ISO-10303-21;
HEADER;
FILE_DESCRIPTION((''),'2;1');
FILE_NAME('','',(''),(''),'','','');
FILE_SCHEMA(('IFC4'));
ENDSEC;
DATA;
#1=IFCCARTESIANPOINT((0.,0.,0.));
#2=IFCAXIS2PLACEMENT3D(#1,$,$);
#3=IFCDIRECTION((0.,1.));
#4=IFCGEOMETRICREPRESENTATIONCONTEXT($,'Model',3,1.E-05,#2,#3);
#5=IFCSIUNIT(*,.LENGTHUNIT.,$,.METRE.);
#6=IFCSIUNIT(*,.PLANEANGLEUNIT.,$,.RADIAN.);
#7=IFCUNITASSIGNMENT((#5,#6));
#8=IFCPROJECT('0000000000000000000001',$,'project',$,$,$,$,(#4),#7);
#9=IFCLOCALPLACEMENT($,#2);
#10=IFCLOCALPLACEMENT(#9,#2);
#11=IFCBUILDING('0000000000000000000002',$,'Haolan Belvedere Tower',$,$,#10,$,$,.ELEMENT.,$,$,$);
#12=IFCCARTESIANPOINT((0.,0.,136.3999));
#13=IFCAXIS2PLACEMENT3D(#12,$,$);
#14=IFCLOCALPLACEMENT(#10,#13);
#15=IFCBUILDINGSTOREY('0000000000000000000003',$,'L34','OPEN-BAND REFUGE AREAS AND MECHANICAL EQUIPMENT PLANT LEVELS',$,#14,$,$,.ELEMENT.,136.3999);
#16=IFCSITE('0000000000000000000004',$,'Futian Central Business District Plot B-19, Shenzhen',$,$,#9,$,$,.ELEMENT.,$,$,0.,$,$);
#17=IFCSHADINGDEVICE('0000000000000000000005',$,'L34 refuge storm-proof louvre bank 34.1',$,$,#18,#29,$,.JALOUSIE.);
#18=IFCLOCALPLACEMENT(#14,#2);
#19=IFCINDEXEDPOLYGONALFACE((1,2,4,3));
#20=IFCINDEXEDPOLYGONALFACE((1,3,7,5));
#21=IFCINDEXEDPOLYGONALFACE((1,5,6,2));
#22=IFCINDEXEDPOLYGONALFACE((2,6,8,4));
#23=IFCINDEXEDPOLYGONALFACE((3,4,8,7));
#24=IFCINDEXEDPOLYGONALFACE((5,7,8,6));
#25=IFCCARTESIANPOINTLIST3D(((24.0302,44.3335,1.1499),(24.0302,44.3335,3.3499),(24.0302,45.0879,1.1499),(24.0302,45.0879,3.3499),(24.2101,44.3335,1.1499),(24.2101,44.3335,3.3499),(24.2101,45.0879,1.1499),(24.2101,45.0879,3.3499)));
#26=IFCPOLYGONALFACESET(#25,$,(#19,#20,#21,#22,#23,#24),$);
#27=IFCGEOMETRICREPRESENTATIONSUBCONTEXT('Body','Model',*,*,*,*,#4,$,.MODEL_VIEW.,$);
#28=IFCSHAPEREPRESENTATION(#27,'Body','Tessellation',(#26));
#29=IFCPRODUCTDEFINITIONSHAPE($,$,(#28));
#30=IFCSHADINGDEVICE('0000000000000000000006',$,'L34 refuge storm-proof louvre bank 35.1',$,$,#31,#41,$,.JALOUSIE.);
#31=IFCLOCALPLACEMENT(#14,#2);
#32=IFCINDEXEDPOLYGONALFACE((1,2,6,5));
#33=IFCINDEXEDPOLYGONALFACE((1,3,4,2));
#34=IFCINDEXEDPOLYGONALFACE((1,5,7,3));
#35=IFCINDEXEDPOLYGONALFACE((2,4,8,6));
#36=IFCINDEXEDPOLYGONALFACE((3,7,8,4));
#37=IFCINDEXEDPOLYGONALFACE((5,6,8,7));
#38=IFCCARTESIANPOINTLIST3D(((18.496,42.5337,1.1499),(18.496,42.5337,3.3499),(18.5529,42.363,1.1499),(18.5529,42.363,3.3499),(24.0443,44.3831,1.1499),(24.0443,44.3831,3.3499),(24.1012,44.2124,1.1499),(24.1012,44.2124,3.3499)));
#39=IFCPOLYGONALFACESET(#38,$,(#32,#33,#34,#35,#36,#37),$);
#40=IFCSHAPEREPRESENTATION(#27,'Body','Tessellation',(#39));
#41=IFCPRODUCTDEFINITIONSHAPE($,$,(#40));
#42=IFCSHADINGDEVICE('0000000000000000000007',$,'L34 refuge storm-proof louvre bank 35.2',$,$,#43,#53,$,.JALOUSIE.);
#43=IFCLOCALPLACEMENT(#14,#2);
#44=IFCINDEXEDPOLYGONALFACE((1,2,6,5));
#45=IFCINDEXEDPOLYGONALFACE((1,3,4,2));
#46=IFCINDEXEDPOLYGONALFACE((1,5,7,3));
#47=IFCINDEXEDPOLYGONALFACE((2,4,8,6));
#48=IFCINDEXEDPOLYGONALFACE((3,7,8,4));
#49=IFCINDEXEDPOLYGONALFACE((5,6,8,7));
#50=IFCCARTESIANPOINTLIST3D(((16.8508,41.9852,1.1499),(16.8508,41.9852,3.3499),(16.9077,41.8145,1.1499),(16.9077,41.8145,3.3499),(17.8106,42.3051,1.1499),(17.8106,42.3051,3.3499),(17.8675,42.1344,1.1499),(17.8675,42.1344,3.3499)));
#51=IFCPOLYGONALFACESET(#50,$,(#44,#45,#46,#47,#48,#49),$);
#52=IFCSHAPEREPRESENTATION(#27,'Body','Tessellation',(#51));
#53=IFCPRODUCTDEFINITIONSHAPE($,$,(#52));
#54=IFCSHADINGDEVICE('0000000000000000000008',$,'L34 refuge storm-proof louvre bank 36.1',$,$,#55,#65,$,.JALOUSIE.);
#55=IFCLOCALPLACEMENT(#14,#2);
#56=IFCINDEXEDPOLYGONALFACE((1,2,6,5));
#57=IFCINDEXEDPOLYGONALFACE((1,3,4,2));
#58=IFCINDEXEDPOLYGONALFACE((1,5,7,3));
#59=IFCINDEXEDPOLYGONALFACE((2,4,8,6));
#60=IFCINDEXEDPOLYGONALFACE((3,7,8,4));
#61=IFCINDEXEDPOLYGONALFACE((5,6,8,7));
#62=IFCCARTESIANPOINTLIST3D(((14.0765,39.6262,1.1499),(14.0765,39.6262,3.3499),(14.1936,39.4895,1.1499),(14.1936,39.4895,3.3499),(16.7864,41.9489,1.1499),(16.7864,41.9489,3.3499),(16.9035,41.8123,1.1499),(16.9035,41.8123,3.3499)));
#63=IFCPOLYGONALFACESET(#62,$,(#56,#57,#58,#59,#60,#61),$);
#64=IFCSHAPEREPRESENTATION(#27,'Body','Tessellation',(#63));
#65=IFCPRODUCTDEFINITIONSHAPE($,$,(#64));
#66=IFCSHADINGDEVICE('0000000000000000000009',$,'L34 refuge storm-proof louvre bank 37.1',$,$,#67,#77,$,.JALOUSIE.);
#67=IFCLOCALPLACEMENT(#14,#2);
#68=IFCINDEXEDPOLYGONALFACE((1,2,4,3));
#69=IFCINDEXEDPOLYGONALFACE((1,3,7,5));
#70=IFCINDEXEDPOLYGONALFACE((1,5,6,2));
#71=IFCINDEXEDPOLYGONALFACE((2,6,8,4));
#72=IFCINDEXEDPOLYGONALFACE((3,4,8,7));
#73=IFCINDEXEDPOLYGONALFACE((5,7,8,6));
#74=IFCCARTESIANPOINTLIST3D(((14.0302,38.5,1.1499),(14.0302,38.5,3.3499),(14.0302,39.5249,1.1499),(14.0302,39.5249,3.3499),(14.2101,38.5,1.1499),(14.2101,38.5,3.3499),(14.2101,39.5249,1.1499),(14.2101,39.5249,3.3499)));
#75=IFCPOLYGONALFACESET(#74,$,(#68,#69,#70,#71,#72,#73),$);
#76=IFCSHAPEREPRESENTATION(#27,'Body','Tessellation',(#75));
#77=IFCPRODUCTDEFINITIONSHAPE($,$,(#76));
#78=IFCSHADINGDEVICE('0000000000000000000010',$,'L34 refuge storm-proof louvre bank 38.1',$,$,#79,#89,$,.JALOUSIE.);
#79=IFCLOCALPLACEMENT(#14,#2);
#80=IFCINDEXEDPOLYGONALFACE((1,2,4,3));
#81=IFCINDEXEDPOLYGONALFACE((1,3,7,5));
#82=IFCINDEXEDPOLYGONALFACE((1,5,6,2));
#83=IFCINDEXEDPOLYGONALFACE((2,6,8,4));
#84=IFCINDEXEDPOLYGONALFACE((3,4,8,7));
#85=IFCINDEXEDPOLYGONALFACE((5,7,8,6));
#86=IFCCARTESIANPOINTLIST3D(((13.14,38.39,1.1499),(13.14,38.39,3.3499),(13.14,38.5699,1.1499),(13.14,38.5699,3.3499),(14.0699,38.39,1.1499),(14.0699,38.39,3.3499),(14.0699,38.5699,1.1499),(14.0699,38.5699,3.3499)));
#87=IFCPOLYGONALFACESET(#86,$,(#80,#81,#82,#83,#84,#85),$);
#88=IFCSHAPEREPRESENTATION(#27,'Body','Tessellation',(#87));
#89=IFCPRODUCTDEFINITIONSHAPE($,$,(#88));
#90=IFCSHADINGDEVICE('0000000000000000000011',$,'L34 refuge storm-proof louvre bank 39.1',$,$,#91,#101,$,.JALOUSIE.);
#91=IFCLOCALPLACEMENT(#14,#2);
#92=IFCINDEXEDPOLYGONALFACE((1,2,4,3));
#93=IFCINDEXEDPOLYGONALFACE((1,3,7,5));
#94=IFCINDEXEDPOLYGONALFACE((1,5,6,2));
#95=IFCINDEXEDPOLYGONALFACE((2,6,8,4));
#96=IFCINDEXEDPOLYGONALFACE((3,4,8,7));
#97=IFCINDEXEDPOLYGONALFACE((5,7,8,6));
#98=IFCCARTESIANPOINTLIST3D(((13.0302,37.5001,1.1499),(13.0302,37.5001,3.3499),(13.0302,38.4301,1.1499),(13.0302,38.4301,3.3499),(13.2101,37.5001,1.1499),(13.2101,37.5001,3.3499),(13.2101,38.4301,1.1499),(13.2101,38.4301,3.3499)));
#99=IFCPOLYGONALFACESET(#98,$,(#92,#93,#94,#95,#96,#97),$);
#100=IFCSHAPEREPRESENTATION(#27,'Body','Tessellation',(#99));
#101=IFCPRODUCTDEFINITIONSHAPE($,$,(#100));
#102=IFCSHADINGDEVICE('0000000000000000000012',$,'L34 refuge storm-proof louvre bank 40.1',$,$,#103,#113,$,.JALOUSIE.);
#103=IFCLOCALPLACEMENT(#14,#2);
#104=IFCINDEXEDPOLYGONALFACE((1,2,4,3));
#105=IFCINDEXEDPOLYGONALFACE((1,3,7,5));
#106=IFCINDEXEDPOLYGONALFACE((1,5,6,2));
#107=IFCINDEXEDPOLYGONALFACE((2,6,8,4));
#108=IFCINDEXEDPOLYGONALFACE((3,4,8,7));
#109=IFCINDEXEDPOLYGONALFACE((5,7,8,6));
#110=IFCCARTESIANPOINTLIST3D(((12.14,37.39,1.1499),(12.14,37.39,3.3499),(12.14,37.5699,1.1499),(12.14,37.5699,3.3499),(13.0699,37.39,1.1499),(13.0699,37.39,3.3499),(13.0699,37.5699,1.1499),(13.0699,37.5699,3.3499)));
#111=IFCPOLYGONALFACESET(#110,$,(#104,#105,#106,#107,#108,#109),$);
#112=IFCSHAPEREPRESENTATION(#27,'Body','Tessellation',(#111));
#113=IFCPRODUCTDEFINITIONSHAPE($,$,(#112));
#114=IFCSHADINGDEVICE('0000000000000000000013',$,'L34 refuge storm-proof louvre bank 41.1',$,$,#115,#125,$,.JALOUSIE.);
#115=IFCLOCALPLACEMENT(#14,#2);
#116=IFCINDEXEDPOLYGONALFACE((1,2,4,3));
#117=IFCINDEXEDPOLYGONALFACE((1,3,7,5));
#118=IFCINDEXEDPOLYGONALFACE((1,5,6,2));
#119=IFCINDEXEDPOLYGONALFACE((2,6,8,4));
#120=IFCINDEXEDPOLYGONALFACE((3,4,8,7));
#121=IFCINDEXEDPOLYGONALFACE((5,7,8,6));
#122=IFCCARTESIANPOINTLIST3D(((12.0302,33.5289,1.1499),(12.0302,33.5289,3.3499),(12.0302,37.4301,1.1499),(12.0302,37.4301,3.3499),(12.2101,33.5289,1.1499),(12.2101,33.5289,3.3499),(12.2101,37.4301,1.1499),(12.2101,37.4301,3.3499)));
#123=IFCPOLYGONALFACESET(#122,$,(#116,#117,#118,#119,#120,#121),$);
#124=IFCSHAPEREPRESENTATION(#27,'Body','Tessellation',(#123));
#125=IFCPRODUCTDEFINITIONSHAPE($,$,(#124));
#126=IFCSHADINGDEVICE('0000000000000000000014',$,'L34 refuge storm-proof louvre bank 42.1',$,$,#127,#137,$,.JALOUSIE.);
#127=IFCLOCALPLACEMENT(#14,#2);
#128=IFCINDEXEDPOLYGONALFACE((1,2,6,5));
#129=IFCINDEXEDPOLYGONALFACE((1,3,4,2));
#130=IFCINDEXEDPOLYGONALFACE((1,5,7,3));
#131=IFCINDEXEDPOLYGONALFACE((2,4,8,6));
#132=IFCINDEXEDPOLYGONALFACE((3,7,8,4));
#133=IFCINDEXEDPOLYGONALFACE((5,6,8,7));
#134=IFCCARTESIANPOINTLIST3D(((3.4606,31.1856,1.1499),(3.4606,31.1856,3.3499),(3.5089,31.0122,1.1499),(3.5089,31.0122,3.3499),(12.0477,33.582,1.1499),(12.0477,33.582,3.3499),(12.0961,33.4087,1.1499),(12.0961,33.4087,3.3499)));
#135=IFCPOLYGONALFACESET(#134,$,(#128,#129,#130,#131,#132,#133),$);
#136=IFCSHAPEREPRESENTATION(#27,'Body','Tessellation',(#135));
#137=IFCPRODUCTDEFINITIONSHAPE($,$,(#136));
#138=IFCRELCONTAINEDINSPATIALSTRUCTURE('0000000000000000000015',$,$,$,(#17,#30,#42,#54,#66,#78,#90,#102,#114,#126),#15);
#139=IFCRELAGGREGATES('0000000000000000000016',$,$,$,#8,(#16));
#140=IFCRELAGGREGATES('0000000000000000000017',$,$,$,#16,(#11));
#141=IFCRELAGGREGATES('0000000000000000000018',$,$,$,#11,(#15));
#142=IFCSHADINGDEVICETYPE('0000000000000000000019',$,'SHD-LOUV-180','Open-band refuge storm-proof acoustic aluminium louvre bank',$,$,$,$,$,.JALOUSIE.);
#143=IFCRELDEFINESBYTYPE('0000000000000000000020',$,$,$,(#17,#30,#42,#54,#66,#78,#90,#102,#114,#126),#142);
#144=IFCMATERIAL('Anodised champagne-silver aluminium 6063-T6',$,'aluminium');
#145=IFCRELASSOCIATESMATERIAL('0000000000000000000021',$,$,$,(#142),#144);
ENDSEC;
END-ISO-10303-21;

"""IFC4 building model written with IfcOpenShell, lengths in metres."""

from ifc_helpers import new_model, si_unit, direction, frame, origin, origin_2d, place, context, subcontext, project, spatial, rectangle, extrude, material, type_object, element, save


model = new_model("IFC4")

# Units and contexts
model_context = context("Model", 3, precision=1e-05, world=origin(), true_north=direction((0.0, 1.0)))
body_context = subcontext(model_context, "Body", "Model", "MODEL_VIEW")
ifc_project = project(units=[si_unit("LENGTHUNIT", "METRE"), si_unit("PLANEANGLEUNIT", "RADIAN")], contexts=[model_context])

# Site, building, storey
site_placement = place(None, origin())
site = spatial("IfcSite", under=ifc_project, at=site_placement, Name="Futian Central Business District Plot B-19, Shenzhen", CompositionType="ELEMENT", RefElevation=0.0)
building_placement = place(site_placement, origin())
building = spatial("IfcBuilding", under=site, at=building_placement, Name="Haolan Belvedere Tower", CompositionType="ELEMENT")
storey_placement = place(building_placement, frame((0.0, 0.0, 136.3999)))
storey = spatial("IfcBuildingStorey", under=building, at=storey_placement, Name="L34", Description="OPEN-BAND REFUGE AREAS AND MECHANICAL EQUIPMENT PLANT LEVELS", CompositionType="ELEMENT", Elevation=136.3999)

# Shading devices
ifc_material_1 = material(Name="Anodised champagne-silver aluminium 6063-T6", Category="aluminium")
shading_device_type = type_object("IfcShadingDeviceType", Name="SHD-LOUV-180", Description="Open-band refuge storm-proof acoustic aluminium louvre bank", PredefinedType="JALOUSIE", material=ifc_material_1)
shading_device_1_placement = place(storey_placement, frame((24.1201, 44.7107, 1.1499), z_axis=(0.0, 0.0, 1.0), x_axis=(0.0, -1.0, 0.0)))
element("IfcShadingDevice", 1, at=shading_device_1_placement, inside=storey, type_object=shading_device_type, Name="L34 refuge storm-proof louvre bank 34.1", PredefinedType="JALOUSIE", context=body_context, shape_type="SweptSolid", body=[
    extrude(rectangle(XDim=0.7544, YDim=0.1799, at=origin_2d()), origin(), (0.0, 0.0, 1.0), 2.2),
])
shading_device_2_placement = place(storey_placement, frame((21.2986, 43.373, 1.1499), z_axis=(0.0, 0.0, 1.0), x_axis=(-0.948683, -0.316229, 0.0)))
element("IfcShadingDevice", 2, at=shading_device_2_placement, inside=storey, type_object=shading_device_type, Name="L34 refuge storm-proof louvre bank 35.1", PredefinedType="JALOUSIE", context=body_context, shape_type="SweptSolid", body=[
    extrude(rectangle(XDim=5.8484, YDim=0.1799, at=origin_2d()), origin(), (0.0, 0.0, 1.0), 2.2),
])
shading_device_3_placement = place(storey_placement, frame((17.3591, 42.0598, 1.1499), z_axis=(0.0, 0.0, 1.0), x_axis=(-0.948683, -0.316229, 0.0)))
element("IfcShadingDevice", 3, at=shading_device_3_placement, inside=storey, type_object=shading_device_type, Name="L34 refuge storm-proof louvre bank 35.2", PredefinedType="JALOUSIE", context=body_context, shape_type="SweptSolid", body=[
    extrude(rectangle(XDim=1.0117, YDim=0.1799, at=origin_2d()), origin(), (0.0, 0.0, 1.0), 2.2),
])
shading_device_4_placement = place(storey_placement, frame((15.49, 40.7192, 1.1499), z_axis=(0.0, 0.0, 1.0), x_axis=(-0.759249, -0.650801, 0.0)))
element("IfcShadingDevice", 4, at=shading_device_4_placement, inside=storey, type_object=shading_device_type, Name="L34 refuge storm-proof louvre bank 36.1", PredefinedType="JALOUSIE", context=body_context, shape_type="SweptSolid", body=[
    extrude(rectangle(XDim=3.5691, YDim=0.1799, at=origin_2d()), origin(), (0.0, 0.0, 1.0), 2.2),
])
shading_device_5_placement = place(storey_placement, frame((14.1201, 39.0125, 1.1499), z_axis=(0.0, 0.0, 1.0), x_axis=(0.0, -1.0, 0.0)))
element("IfcShadingDevice", 5, at=shading_device_5_placement, inside=storey, type_object=shading_device_type, Name="L34 refuge storm-proof louvre bank 37.1", PredefinedType="JALOUSIE", context=body_context, shape_type="SweptSolid", body=[
    extrude(rectangle(XDim=1.0249, YDim=0.1799, at=origin_2d()), origin(), (0.0, 0.0, 1.0), 2.2),
])
for number, where, z_axis, x_axis, name in (
    (6, (13.605, 38.48, 1.1499), (0.0, 0.0, 1.0), (-1.0, 0.0, 0.0), "L34 refuge storm-proof louvre bank 38.1"),
    (7, (13.1201, 37.9651, 1.1499), (0.0, 0.0, 1.0), (0.0, -1.0, 0.0), "L34 refuge storm-proof louvre bank 39.1"),
    (8, (12.605, 37.48, 1.1499), (0.0, 0.0, 1.0), (-1.0, 0.0, 0.0), "L34 refuge storm-proof louvre bank 40.1"),
):
    element("IfcShadingDevice", number, at=place(storey_placement, frame(where, z_axis=z_axis, x_axis=x_axis)), inside=storey, type_object=shading_device_type, Name=name, PredefinedType="JALOUSIE", context=body_context, shape_type="SweptSolid", body=[
        extrude(rectangle(XDim=0.9299, YDim=0.1799, at=origin_2d()), origin(), (0.0, 0.0, 1.0), 2.2),
    ])
shading_device_6_placement = place(storey_placement, frame((12.1201, 35.4795, 1.1499), z_axis=(0.0, 0.0, 1.0), x_axis=(0.0, -1.0, 0.0)))
element("IfcShadingDevice", 9, at=shading_device_6_placement, inside=storey, type_object=shading_device_type, Name="L34 refuge storm-proof louvre bank 41.1", PredefinedType="JALOUSIE", context=body_context, shape_type="SweptSolid", body=[
    extrude(rectangle(XDim=3.9011, YDim=0.1799, at=origin_2d()), origin(), (0.0, 0.0, 1.0), 2.2),
])
shading_device_7_placement = place(storey_placement, frame((7.7783, 32.2971, 1.1499), z_axis=(0.0, 0.0, 1.0), x_axis=(-0.963195, -0.268802, 0.0)))
element("IfcShadingDevice", 10, at=shading_device_7_placement, inside=storey, type_object=shading_device_type, Name="L34 refuge storm-proof louvre bank 42.1", PredefinedType="JALOUSIE", context=body_context, shape_type="SweptSolid", body=[
    extrude(rectangle(XDim=8.9153, YDim=0.1799, at=origin_2d()), origin(), (0.0, 0.0, 1.0), 2.2),
])

save(model, "model.ifc")
